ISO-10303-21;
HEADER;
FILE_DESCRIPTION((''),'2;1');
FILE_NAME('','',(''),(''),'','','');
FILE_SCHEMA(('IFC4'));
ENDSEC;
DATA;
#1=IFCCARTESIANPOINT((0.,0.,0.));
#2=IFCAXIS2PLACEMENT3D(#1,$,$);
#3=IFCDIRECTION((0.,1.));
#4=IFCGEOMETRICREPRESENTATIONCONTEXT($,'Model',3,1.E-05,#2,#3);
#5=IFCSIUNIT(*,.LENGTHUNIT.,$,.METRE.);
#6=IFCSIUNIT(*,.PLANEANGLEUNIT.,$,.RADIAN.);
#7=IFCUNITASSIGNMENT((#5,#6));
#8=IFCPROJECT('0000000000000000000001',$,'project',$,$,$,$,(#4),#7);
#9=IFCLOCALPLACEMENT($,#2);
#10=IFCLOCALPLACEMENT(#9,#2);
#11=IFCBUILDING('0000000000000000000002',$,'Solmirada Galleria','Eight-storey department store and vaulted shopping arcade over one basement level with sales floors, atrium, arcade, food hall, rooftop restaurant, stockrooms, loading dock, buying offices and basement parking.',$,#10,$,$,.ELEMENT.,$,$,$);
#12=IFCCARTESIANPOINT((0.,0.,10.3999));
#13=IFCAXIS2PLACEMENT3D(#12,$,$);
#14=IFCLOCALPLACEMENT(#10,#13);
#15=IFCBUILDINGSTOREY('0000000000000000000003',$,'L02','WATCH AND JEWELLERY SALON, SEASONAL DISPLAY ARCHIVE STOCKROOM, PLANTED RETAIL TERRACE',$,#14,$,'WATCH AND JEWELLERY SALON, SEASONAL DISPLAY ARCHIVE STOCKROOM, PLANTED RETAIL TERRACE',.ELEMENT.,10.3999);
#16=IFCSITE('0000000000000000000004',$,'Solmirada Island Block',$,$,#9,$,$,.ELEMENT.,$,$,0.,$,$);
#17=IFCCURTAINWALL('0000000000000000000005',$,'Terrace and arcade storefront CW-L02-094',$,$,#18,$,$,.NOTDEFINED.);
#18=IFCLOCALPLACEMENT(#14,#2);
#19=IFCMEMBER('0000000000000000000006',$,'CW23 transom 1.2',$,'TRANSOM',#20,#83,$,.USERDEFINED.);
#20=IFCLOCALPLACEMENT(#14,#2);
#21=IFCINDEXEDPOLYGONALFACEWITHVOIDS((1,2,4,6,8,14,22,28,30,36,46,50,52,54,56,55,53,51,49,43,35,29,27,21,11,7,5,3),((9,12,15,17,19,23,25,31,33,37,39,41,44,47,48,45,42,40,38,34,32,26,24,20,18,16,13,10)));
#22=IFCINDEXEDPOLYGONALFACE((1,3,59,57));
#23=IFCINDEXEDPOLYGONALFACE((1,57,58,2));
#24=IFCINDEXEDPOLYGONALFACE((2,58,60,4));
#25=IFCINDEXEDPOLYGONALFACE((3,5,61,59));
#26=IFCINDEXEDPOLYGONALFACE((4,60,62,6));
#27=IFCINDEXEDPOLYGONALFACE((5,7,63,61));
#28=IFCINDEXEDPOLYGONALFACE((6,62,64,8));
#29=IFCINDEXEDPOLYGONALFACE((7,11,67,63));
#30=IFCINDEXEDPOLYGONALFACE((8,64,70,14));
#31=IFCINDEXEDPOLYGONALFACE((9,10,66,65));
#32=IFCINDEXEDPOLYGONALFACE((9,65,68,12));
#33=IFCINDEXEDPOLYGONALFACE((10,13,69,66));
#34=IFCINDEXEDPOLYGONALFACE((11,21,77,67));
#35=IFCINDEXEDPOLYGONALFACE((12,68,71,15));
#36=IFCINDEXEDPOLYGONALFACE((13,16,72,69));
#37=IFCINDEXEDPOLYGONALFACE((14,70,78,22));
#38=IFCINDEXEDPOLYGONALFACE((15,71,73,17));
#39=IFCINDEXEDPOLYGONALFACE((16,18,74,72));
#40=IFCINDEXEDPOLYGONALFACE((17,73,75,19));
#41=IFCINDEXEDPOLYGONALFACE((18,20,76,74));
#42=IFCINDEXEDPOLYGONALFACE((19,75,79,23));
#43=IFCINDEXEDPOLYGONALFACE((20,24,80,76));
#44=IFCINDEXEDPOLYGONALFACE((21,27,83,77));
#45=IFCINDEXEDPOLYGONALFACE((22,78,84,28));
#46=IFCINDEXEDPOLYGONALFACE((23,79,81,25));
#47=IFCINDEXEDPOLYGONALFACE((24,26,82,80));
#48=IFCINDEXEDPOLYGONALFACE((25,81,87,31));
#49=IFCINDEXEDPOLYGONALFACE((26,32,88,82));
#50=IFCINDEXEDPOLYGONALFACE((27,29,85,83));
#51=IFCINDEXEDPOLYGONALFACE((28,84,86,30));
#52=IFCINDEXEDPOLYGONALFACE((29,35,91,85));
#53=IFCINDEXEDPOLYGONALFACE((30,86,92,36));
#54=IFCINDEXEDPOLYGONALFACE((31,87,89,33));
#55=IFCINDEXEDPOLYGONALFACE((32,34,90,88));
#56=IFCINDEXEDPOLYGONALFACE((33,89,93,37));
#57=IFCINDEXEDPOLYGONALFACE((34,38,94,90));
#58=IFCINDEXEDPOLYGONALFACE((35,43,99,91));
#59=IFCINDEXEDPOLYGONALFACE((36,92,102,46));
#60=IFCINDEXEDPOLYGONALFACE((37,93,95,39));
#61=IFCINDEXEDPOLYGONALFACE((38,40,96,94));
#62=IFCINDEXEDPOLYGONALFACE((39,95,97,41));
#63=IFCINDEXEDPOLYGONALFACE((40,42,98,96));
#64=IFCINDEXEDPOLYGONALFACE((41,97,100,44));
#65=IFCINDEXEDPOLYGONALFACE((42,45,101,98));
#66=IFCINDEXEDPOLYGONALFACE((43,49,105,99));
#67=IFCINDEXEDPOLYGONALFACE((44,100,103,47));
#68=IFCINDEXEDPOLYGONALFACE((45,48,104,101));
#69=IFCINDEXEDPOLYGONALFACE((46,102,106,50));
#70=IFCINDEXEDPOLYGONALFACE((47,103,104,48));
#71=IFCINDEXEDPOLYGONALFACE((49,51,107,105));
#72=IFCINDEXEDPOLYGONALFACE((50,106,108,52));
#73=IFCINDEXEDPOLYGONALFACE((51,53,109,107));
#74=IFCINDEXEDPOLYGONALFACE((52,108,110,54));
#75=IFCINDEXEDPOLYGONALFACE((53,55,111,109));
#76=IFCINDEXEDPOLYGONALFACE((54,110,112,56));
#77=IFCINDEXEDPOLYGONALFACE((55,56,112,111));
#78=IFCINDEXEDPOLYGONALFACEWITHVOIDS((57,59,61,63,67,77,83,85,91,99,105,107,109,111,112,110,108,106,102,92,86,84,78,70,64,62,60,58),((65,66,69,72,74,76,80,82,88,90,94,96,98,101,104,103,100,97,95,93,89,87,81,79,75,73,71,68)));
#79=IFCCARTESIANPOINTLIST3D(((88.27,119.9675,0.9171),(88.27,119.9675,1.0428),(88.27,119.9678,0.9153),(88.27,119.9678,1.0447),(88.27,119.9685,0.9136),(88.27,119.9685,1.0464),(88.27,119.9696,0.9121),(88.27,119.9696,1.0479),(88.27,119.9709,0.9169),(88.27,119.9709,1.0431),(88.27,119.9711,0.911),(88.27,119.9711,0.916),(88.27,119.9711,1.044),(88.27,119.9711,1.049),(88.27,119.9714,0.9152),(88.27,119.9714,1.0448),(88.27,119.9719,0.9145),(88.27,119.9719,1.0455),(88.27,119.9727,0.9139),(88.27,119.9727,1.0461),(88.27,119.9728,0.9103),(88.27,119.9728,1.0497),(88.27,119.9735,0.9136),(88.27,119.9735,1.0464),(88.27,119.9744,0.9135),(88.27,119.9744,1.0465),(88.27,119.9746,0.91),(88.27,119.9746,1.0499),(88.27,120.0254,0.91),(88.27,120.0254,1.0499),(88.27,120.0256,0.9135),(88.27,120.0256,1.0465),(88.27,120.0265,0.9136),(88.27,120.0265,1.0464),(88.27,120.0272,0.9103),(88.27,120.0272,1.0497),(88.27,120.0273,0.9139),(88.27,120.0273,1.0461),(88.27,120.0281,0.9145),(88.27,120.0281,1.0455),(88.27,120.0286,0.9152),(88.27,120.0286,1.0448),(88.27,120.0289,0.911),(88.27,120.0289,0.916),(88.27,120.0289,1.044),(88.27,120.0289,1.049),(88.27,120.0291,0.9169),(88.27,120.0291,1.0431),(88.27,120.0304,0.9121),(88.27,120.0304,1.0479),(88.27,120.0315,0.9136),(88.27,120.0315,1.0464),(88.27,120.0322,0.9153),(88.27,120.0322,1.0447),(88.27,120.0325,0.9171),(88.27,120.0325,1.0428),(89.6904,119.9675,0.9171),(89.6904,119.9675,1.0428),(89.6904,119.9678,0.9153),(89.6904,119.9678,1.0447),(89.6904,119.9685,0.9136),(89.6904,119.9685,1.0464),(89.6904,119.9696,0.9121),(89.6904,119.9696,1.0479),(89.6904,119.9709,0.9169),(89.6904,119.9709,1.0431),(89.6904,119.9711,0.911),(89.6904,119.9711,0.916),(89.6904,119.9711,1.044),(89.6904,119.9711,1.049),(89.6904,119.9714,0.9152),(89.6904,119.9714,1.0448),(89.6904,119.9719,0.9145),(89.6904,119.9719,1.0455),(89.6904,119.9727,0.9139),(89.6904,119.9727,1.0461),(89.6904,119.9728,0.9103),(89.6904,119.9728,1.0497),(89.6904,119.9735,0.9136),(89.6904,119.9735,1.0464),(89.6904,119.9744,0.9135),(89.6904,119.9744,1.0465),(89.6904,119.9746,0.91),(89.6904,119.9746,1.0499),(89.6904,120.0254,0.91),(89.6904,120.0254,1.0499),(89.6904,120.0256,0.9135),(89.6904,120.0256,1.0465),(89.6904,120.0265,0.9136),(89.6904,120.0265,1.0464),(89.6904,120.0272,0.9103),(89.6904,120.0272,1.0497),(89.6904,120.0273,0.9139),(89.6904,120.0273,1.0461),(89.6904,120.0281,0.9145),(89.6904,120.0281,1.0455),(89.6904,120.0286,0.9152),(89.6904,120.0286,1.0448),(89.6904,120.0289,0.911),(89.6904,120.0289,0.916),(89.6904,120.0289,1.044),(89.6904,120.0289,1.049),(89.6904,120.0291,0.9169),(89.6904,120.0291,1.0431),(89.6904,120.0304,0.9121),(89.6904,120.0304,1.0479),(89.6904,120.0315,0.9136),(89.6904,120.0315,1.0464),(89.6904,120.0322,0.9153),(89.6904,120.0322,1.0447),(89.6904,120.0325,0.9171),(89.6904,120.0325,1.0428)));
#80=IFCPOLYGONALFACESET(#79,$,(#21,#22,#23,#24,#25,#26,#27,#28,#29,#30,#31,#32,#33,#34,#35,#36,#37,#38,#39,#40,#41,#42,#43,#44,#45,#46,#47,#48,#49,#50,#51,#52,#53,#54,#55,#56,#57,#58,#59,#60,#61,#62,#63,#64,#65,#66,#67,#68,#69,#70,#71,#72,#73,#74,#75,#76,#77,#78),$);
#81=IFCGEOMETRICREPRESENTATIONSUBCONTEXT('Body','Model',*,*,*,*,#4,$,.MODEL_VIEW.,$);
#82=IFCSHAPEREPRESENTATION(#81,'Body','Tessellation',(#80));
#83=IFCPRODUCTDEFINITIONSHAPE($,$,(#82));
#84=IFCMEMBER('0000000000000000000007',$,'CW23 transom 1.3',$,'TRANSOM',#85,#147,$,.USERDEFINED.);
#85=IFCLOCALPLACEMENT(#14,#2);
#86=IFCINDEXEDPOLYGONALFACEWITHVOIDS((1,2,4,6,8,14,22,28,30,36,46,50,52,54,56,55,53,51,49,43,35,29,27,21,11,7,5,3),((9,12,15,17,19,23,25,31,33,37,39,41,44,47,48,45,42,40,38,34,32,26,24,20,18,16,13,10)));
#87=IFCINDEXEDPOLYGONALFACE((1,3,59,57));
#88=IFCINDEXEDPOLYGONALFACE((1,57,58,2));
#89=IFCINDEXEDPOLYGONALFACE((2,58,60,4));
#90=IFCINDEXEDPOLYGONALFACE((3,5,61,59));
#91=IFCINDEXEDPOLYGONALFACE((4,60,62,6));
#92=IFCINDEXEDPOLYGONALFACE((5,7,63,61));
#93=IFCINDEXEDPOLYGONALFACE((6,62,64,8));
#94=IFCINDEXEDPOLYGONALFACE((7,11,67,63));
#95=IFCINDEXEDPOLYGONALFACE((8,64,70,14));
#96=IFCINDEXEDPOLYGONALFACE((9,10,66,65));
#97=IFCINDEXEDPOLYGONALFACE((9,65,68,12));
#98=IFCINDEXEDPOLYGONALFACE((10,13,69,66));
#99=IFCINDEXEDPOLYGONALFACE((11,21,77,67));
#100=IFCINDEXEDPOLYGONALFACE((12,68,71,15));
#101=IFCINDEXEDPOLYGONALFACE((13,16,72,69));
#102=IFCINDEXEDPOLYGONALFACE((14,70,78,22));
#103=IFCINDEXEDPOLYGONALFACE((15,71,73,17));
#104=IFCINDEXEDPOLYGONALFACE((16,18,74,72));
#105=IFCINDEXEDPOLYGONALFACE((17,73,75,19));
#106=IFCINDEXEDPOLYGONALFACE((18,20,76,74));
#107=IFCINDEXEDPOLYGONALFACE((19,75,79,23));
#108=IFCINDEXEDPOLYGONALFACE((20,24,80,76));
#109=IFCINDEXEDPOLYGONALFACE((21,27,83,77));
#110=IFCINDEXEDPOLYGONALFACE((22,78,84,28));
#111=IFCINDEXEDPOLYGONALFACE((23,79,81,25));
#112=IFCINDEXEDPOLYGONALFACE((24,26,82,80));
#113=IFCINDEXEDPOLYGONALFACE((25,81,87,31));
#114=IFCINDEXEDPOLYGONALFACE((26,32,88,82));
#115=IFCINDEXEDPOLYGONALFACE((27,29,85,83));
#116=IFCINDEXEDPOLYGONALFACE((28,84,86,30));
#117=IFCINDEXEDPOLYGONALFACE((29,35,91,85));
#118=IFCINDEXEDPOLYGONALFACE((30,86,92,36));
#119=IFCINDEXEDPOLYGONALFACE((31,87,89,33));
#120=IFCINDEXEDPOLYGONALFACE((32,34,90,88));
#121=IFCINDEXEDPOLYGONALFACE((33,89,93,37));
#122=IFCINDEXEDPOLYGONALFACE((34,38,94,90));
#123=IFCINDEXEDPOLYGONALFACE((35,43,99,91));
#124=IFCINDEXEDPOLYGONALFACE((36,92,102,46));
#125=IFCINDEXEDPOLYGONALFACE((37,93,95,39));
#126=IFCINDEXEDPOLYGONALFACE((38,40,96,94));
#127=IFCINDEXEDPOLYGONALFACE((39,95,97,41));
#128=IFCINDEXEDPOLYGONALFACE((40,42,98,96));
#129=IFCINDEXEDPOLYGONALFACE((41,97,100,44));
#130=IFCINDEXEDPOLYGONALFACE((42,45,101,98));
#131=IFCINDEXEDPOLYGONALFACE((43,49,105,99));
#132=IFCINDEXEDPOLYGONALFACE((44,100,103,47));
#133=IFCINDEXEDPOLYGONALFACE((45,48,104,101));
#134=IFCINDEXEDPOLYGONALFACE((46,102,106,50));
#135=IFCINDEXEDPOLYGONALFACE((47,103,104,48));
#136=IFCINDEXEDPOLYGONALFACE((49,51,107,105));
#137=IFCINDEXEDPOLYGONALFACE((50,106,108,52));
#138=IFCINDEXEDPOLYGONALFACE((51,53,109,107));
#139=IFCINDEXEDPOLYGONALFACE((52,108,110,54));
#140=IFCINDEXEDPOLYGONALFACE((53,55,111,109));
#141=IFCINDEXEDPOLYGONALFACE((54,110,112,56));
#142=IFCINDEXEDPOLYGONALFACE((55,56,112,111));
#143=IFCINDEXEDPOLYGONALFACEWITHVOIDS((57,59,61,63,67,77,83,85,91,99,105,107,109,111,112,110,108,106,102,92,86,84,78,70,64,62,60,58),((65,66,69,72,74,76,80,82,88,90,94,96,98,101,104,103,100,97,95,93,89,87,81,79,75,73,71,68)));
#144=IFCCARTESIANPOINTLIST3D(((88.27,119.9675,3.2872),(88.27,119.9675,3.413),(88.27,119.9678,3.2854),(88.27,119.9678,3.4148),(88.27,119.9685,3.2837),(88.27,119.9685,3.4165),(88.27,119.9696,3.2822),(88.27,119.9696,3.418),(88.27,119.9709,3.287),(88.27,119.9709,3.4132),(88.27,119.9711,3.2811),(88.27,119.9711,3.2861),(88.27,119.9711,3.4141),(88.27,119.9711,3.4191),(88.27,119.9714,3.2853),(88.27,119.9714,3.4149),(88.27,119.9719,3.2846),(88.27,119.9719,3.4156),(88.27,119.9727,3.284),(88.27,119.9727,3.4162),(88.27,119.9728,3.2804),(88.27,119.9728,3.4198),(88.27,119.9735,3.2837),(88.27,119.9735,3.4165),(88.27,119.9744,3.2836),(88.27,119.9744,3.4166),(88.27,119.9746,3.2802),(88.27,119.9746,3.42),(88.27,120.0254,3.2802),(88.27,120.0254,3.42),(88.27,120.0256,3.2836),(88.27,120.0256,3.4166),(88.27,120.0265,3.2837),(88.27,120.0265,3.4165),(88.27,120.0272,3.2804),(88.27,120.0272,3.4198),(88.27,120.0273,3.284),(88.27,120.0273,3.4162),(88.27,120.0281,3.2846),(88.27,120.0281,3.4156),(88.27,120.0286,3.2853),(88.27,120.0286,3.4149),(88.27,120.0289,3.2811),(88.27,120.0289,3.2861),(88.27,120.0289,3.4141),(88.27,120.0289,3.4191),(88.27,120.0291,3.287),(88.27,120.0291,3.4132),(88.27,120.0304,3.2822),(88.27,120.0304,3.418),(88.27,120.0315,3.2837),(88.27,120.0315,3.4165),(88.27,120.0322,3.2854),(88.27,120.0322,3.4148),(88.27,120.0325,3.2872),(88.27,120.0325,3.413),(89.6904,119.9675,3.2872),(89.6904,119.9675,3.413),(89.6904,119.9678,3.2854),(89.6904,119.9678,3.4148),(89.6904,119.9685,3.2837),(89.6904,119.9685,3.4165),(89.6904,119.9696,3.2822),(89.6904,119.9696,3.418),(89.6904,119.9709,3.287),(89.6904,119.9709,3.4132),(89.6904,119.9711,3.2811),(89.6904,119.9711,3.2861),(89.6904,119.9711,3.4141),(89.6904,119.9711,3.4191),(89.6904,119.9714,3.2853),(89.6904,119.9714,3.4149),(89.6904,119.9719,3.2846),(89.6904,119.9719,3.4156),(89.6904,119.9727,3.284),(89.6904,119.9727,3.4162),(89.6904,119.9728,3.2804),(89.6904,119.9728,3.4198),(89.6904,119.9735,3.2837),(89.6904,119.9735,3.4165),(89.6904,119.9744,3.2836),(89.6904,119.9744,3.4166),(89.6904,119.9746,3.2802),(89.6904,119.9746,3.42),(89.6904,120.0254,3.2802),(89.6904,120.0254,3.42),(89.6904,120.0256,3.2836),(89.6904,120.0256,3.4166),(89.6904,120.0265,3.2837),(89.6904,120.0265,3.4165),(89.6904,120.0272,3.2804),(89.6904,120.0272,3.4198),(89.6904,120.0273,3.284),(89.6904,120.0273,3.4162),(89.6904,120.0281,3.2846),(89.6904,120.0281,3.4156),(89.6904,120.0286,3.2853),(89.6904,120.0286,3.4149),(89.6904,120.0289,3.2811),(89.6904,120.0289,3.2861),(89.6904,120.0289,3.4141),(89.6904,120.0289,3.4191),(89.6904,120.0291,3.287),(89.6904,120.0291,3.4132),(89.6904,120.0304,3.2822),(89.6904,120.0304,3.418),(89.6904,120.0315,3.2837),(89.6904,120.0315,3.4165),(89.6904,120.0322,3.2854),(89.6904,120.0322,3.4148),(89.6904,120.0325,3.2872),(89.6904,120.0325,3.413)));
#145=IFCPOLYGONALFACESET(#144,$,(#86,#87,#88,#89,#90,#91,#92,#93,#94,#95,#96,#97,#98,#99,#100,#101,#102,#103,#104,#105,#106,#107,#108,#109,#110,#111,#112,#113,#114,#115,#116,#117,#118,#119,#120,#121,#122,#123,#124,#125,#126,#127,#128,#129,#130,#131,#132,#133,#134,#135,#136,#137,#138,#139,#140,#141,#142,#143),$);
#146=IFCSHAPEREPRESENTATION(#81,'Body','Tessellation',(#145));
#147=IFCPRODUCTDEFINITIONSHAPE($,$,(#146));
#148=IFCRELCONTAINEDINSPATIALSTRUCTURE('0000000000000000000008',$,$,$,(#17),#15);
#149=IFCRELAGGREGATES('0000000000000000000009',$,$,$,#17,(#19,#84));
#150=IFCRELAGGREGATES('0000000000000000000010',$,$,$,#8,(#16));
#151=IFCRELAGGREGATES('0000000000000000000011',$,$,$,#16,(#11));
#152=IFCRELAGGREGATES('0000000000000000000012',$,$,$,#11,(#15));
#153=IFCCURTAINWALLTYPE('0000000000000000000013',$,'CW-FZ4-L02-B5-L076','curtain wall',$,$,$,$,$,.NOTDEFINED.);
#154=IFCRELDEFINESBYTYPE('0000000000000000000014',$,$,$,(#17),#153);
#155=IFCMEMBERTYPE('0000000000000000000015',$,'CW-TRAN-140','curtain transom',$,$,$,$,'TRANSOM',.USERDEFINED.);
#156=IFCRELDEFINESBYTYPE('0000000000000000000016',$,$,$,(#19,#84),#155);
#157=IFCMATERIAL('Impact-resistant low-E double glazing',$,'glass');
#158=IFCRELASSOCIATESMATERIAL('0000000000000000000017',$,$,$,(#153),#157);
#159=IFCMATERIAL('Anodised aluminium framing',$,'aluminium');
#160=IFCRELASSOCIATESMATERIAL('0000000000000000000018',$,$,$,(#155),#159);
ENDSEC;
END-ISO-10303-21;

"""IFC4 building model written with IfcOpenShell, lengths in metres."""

from ifc_helpers import new_model, si_unit, direction, frame, origin, origin_2d, place, context, subcontext, project, spatial, hollow_rectangle, extrude, material, material_profile, profile_set, type_object, element, aggregate, save


model = new_model("IFC4")

# Units and contexts
model_context = context("Model", 3, precision=1e-05, world=origin(), true_north=direction((0.0, 1.0)))
body_context = subcontext(model_context, "Body", "Model", "MODEL_VIEW")
ifc_project = project(units=[si_unit("LENGTHUNIT", "METRE"), si_unit("PLANEANGLEUNIT", "RADIAN")], contexts=[model_context])

# Site, building, storey
site_placement = place(None, origin())
site = spatial("IfcSite", under=ifc_project, at=site_placement, Name="Solmirada Island Block", CompositionType="ELEMENT", RefElevation=0.0)
building_placement = place(site_placement, origin())
building = spatial("IfcBuilding", under=site, at=building_placement, Name="Solmirada Galleria", Description="Eight-storey department store and vaulted shopping arcade over one basement level with sales floors, atrium, arcade, food hall, rooftop restaurant, stockrooms, loading dock, buying offices and basement parking.", CompositionType="ELEMENT")
storey_placement = place(building_placement, frame((0.0, 0.0, 10.3999)))
storey = spatial("IfcBuildingStorey", under=building, at=storey_placement, Name="L02", Description="WATCH AND JEWELLERY SALON, SEASONAL DISPLAY ARCHIVE STOCKROOM, PLANTED RETAIL TERRACE", LongName="WATCH AND JEWELLERY SALON, SEASONAL DISPLAY ARCHIVE STOCKROOM, PLANTED RETAIL TERRACE", CompositionType="ELEMENT", Elevation=10.3999)

# Curtain wall
ifc_material_1 = material(Name="Impact-resistant low-E double glazing", Category="glass")
curtain_wall_type = type_object("IfcCurtainWallType", Name="CW-FZ4-L02-B5-L076", Description="curtain wall", PredefinedType="NOTDEFINED", material=ifc_material_1)
ifc_material_2 = material(Name="Anodised aluminium framing", Category="aluminium")
curtain_wall_1_placement = place(storey_placement, origin())
curtain_wall_1 = element("IfcCurtainWall", 1, at=curtain_wall_1_placement, inside=storey, type_object=curtain_wall_type, Name="Terrace and arcade storefront CW-L02-094", PredefinedType="NOTDEFINED")

# Members
ifc_material_profile_1 = material_profile(ifc_material_2, hollow_rectangle(XDim=0.0649, YDim=0.1399, WallThickness=0.0034, InnerFilletRadius=0.0034, OuterFilletRadius=0.0071, at=origin_2d()), Name="ALU-TRAN-140X65")
ifc_profile_set_1 = profile_set([ifc_material_profile_1], Name="Anodised aluminium framing")
member_type_1 = type_object("IfcMemberType", Name="CW-TRAN-140", Description="curtain transom", ElementType="TRANSOM", PredefinedType="USERDEFINED", material=ifc_profile_set_1)
member_1_placement = place(storey_placement, frame((88.27, 120.0, 0.98), z_axis=(1.0, 0.0, 0.0), x_axis=(0.0, 1.0, 0.0)))
member_1 = element("IfcMember", 2, at=member_1_placement, type_object=member_type_1, Name="CW23 transom 1.2", ObjectType="TRANSOM", PredefinedType="USERDEFINED", context=body_context, shape_type="SweptSolid", body=[
    extrude(hollow_rectangle(XDim=0.0649, YDim=0.1399, WallThickness=0.0034, InnerFilletRadius=0.0034, OuterFilletRadius=0.0071, at=origin_2d()), origin(), (0.0, 0.0, 1.0), 1.4204),
])
member_2_placement = place(storey_placement, frame((88.27, 120.0, 3.3501), z_axis=(1.0, 0.0, 0.0), x_axis=(0.0, 1.0, 0.0)))
member_2 = element("IfcMember", 3, at=member_2_placement, type_object=member_type_1, Name="CW23 transom 1.3", ObjectType="TRANSOM", PredefinedType="USERDEFINED", context=body_context, shape_type="SweptSolid", body=[
    extrude(hollow_rectangle(XDim=0.0649, YDim=0.1399, WallThickness=0.0034, InnerFilletRadius=0.0034, OuterFilletRadius=0.0071, at=origin_2d()), origin(), (0.0, 0.0, 1.0), 1.4204),
])

aggregate(curtain_wall_1, [member_1, member_2])

save(model, "model.ifc")
